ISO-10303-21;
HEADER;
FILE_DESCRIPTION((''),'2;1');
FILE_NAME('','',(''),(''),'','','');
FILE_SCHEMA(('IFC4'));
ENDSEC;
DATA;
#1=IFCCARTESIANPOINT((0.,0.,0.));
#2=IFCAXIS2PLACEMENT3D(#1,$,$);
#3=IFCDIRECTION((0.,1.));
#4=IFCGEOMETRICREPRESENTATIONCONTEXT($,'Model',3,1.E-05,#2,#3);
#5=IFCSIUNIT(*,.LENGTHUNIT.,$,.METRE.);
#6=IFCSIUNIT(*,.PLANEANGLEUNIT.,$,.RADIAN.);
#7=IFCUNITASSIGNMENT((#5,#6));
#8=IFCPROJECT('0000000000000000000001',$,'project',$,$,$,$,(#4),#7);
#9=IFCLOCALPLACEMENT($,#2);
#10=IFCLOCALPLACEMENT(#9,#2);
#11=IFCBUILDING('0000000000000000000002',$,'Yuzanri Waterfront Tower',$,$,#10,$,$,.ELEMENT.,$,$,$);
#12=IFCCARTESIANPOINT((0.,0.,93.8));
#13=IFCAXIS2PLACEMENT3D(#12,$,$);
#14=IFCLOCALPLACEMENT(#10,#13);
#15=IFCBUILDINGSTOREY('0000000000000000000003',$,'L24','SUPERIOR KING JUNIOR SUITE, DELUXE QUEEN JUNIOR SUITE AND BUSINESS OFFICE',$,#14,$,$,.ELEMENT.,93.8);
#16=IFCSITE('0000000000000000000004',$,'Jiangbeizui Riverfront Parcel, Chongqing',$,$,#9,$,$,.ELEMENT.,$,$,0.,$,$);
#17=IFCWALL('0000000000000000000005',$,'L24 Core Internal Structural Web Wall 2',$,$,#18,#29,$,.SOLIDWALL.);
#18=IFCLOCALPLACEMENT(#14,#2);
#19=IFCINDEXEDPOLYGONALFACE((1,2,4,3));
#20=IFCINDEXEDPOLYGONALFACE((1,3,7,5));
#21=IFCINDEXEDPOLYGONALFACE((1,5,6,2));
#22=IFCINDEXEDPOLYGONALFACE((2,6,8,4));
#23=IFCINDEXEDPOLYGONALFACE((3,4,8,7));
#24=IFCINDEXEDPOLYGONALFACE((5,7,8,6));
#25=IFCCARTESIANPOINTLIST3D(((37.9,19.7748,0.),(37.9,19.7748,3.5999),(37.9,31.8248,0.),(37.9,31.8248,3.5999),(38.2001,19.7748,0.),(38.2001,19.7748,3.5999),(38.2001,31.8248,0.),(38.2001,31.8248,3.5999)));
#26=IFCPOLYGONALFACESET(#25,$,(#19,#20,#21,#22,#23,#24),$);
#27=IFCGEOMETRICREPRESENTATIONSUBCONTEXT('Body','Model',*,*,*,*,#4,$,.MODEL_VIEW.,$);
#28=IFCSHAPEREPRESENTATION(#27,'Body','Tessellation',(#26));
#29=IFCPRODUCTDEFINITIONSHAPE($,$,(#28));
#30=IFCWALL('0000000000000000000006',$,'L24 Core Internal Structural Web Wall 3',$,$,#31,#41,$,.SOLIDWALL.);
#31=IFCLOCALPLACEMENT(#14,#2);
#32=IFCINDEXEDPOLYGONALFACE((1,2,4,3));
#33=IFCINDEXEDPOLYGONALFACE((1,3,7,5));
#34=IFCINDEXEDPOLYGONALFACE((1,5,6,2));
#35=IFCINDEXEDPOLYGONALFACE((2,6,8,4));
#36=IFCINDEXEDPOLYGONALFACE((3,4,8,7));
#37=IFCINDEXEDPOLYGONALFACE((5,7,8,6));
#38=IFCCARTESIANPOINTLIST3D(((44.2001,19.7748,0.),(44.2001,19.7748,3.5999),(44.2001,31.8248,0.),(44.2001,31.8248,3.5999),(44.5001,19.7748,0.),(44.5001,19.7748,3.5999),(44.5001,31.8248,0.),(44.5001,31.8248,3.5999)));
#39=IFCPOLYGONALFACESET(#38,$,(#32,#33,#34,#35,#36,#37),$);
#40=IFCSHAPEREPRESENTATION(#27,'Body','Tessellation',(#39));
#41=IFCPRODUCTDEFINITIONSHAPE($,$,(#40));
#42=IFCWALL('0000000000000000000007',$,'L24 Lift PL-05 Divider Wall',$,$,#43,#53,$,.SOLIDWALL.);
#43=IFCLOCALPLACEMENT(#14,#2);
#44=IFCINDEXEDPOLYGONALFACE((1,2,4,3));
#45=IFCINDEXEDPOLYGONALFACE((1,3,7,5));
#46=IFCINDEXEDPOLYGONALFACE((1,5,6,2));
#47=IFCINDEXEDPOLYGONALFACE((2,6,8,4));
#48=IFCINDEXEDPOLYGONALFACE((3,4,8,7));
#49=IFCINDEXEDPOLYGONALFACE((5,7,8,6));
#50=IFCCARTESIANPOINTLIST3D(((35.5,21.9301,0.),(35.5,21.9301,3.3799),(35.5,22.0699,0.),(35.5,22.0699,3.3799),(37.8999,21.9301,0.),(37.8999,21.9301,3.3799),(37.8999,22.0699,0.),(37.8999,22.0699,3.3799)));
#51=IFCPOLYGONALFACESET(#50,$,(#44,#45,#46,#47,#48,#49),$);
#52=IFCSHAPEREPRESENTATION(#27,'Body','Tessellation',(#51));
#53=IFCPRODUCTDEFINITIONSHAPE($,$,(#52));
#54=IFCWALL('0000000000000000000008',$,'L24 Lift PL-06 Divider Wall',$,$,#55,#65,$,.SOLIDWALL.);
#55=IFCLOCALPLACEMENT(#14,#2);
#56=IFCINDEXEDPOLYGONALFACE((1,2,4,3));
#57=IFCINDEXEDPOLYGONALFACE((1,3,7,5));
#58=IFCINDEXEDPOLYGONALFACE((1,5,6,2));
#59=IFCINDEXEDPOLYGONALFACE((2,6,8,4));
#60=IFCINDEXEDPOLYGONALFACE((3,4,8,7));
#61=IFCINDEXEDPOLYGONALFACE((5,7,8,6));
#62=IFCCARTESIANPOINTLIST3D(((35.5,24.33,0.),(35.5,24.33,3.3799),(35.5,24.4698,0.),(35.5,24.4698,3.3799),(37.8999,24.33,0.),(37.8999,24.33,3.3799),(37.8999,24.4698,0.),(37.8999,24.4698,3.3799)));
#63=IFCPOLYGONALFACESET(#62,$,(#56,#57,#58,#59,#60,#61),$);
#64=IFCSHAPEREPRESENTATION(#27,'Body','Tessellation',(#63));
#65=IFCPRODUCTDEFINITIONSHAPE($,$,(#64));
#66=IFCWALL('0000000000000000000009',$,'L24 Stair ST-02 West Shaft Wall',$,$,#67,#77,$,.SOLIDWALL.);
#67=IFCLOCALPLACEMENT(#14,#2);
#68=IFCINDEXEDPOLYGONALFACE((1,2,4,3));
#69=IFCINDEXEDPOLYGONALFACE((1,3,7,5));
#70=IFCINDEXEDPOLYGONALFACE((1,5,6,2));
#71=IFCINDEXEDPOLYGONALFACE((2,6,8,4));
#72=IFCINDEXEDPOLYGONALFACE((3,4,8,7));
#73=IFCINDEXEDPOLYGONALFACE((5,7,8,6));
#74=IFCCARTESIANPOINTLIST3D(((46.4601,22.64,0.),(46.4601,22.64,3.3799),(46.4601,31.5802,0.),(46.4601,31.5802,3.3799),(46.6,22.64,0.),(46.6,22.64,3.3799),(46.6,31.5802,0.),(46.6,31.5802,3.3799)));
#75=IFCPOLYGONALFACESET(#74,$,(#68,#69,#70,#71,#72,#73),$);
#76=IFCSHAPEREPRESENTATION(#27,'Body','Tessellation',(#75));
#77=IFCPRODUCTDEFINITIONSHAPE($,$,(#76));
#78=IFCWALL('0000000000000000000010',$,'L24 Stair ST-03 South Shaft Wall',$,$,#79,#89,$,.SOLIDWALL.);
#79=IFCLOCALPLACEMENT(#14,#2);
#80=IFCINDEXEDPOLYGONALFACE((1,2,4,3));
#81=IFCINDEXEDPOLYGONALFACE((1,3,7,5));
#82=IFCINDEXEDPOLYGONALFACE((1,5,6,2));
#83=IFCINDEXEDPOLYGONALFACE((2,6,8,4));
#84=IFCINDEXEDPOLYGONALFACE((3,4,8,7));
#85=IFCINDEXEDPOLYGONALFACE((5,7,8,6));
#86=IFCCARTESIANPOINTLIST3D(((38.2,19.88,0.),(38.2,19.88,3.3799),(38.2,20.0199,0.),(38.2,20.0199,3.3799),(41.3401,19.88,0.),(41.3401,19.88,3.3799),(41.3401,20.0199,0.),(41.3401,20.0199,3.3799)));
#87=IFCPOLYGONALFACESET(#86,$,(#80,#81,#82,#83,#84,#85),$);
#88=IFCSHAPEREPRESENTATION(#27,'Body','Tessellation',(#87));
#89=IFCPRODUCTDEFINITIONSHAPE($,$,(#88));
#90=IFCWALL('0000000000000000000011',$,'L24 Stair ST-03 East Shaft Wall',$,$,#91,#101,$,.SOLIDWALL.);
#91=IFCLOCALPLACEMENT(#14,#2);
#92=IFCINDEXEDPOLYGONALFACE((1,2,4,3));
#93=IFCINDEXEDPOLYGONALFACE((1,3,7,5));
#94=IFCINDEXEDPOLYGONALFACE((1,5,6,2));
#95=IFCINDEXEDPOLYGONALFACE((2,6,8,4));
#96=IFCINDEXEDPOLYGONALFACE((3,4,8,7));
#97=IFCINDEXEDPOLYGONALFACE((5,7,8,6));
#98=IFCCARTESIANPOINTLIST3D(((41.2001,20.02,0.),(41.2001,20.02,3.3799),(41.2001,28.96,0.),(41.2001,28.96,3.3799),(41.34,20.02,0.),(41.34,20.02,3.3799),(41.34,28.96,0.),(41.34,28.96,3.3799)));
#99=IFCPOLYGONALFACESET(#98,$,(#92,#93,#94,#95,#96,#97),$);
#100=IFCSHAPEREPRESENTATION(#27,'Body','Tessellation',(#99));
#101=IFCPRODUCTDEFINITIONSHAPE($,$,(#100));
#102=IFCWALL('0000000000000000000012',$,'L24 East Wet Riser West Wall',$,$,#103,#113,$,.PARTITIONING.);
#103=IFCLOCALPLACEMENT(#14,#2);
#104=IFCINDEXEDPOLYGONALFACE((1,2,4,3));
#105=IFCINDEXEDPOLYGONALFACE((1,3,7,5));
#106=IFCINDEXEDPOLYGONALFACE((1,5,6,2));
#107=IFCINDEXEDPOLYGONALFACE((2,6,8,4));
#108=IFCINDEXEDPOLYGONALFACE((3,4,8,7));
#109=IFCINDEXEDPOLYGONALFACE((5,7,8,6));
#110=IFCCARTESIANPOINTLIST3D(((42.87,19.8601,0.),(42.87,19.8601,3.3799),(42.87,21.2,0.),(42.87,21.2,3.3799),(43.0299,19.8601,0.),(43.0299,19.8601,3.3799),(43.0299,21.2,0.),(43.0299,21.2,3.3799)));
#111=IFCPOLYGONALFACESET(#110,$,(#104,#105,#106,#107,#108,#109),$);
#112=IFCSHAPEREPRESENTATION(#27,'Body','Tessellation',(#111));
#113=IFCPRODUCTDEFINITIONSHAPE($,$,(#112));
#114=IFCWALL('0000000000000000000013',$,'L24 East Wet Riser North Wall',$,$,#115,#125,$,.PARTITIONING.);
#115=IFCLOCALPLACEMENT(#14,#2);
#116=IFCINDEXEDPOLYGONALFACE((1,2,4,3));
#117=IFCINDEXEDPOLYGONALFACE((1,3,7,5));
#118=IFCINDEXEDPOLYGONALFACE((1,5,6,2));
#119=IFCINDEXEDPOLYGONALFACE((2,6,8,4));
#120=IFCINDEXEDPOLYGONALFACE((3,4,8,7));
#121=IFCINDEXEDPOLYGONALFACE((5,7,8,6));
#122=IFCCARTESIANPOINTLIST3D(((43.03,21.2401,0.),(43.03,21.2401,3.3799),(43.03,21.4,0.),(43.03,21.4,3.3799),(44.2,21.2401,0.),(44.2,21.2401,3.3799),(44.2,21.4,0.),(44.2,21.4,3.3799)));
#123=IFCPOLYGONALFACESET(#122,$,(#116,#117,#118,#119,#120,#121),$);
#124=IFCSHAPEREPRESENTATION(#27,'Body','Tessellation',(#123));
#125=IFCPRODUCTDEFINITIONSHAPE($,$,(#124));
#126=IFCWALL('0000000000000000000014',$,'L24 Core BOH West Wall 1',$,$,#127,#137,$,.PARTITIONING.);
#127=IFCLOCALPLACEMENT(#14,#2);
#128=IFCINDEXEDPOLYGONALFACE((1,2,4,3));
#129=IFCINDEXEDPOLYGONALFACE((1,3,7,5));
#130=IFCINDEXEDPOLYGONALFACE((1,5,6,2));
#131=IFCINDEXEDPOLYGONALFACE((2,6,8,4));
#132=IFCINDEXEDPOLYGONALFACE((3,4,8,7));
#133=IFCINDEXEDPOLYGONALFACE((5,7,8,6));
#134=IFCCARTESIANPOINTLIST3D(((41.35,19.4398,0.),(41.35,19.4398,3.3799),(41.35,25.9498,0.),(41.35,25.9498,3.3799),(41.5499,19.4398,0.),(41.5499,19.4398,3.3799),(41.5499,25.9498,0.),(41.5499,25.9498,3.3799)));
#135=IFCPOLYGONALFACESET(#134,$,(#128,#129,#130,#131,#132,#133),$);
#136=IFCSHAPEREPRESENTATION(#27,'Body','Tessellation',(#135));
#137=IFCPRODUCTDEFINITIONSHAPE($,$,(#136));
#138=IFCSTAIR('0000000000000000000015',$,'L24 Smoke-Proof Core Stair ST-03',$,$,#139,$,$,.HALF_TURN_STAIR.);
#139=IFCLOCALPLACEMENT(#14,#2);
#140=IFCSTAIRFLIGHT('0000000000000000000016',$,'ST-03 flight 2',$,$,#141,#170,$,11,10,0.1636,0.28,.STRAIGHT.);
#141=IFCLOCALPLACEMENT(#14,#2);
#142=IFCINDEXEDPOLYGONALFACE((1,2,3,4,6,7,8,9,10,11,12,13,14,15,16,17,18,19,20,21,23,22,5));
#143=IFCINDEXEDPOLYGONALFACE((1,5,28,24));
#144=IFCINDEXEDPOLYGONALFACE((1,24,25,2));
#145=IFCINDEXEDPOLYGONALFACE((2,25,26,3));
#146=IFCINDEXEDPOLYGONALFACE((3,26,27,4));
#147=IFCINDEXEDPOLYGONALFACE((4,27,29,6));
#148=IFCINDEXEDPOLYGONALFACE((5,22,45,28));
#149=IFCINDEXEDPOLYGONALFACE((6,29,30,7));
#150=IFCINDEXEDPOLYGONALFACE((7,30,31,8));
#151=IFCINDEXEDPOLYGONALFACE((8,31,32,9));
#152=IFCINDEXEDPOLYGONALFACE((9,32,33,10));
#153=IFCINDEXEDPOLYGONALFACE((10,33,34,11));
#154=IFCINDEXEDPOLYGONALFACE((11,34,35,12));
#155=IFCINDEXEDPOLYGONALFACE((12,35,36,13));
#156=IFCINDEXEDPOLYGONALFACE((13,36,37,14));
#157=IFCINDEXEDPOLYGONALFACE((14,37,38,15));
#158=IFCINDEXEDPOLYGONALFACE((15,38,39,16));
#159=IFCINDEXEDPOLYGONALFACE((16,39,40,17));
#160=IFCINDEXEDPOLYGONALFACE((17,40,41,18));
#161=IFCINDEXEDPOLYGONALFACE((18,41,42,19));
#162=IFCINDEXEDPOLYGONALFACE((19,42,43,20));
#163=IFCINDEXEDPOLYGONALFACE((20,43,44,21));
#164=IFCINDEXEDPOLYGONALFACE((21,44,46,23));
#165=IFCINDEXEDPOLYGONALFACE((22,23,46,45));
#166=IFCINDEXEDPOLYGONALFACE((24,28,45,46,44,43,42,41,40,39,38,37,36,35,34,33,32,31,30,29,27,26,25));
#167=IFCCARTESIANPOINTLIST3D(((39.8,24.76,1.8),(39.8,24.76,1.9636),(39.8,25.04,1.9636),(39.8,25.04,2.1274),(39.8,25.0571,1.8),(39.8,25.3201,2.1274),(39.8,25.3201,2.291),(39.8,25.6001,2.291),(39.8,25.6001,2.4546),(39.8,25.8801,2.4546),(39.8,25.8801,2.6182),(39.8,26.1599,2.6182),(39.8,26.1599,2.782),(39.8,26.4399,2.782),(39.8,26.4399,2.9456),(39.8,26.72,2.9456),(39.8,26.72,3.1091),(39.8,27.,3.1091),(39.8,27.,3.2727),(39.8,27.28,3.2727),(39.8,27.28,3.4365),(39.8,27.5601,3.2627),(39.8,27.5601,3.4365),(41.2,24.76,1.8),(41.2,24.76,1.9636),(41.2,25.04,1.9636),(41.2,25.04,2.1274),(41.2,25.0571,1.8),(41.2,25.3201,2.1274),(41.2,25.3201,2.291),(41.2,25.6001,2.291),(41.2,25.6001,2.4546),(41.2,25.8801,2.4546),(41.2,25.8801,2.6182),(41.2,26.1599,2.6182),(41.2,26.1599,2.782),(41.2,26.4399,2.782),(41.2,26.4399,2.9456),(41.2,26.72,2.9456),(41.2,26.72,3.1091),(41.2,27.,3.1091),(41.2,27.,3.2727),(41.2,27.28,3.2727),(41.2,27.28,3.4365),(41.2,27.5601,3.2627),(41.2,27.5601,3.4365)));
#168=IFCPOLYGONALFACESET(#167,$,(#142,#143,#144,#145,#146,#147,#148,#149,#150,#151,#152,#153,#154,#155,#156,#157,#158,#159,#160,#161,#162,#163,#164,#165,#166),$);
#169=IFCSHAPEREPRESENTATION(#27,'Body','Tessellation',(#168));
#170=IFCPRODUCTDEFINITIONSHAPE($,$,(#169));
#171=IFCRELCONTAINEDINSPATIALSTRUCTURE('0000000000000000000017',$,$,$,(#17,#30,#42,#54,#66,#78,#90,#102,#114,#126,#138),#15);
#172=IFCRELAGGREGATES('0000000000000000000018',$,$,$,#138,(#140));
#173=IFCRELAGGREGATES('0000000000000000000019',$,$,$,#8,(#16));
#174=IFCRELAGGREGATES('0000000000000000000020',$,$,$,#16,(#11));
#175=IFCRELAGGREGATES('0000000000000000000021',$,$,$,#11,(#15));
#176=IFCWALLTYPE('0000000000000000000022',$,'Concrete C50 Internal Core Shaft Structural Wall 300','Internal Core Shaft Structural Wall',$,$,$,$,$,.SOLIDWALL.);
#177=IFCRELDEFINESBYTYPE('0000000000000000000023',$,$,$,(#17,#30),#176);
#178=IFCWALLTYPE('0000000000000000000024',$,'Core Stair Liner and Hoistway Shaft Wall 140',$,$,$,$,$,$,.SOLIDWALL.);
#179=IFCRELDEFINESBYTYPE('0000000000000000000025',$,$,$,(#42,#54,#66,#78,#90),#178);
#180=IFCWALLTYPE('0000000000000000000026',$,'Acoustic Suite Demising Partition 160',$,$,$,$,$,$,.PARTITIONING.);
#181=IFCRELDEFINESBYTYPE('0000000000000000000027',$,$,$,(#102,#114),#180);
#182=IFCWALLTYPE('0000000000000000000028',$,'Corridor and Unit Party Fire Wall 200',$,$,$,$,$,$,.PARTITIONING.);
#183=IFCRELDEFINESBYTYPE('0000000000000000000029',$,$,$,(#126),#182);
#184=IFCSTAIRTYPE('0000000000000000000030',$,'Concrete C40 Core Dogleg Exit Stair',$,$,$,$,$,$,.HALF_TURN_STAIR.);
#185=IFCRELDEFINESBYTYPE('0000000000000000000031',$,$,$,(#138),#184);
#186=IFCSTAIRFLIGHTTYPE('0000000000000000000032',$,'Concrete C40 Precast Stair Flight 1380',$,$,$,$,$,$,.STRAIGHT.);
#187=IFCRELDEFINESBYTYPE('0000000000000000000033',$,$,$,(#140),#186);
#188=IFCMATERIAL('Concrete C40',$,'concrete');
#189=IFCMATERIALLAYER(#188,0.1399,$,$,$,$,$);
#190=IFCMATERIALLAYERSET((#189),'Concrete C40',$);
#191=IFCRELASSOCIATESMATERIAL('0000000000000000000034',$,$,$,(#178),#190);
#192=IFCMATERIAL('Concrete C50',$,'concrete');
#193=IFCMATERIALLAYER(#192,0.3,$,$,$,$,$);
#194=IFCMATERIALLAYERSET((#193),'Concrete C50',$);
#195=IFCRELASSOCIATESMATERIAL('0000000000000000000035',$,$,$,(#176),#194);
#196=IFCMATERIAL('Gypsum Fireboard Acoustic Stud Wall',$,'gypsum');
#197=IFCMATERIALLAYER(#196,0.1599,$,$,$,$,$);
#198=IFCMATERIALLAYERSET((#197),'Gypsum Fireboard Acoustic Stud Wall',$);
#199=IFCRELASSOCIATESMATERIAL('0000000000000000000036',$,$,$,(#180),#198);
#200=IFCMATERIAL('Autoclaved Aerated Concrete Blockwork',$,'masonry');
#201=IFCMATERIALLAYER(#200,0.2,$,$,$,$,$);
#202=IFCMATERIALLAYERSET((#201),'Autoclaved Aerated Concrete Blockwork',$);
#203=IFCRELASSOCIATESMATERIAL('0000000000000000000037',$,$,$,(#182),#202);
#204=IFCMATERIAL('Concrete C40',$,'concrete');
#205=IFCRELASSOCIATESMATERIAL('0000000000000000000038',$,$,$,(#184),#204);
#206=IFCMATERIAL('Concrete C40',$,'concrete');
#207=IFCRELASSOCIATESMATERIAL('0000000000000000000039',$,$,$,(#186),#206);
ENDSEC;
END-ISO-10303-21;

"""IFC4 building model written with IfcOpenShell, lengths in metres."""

from ifc_helpers import new_model, si_unit, direction, frame, frame_2d, origin, place, context, subcontext, project, spatial, polyline, rectangle, outline, extrude, source, transform, mapped, material, layer, layer_set, type_object, element, aggregate, save


model = new_model("IFC4")

# Units and contexts
model_context = context("Model", 3, precision=1e-05, world=origin(), true_north=direction((0.0, 1.0)))
body_context = subcontext(model_context, "Body", "Model", "MODEL_VIEW")
ifc_project = project(units=[si_unit("LENGTHUNIT", "METRE"), si_unit("PLANEANGLEUNIT", "RADIAN")], contexts=[model_context])

# Site, building, storey
site_placement = place(None, origin())
site = spatial("IfcSite", under=ifc_project, at=site_placement, Name="Jiangbeizui Riverfront Parcel, Chongqing", CompositionType="ELEMENT", RefElevation=0.0)
building_placement = place(site_placement, origin())
building = spatial("IfcBuilding", under=site, at=building_placement, Name="Yuzanri Waterfront Tower", CompositionType="ELEMENT")
storey_placement = place(building_placement, frame((0.0, 0.0, 93.8)))
storey = spatial("IfcBuildingStorey", under=building, at=storey_placement, Name="L24", Description="SUPERIOR KING JUNIOR SUITE, DELUXE QUEEN JUNIOR SUITE AND BUSINESS OFFICE", CompositionType="ELEMENT", Elevation=93.8)

# Shared definitions
ifc_material_1 = material(Name="Concrete C40", Category="concrete")
ifc_layer_1 = layer(ifc_material_1, 0.1399)
ifc_layer_set_1 = layer_set([ifc_layer_1], Name="Concrete C40")
wall_type_1 = type_object("IfcWallType", Name="Core Stair Liner and Hoistway Shaft Wall 140", PredefinedType="SOLIDWALL", material=ifc_layer_set_1)

# Walls
ifc_material_2 = material(Name="Concrete C50", Category="concrete")
ifc_layer_2 = layer(ifc_material_2, 0.3)
ifc_layer_set_2 = layer_set([ifc_layer_2], Name="Concrete C50")
wall_type_2 = type_object("IfcWallType", Name="Concrete C50 Internal Core Shaft Structural Wall 300", Description="Internal Core Shaft Structural Wall", PredefinedType="SOLIDWALL", material=ifc_layer_set_2)
shared_shape_1 = source(origin(), body_context, "Body", "SweptSolid", [
    extrude(rectangle(XDim=12.05, YDim=0.3, at=frame_2d((6.0249, 0.0))), origin(), (0.0, 0.0, 1.0), 3.5999),
])
for number, where, z_axis, x_axis, name in (
    (1, (38.05, 19.7749, 0.0), (0.0, 0.0, 1.0), (0.0, 1.0, 0.0), "L24 Core Internal Structural Web Wall 2"),
    (2, (44.3501, 19.7749, 0.0), (0.0, 0.0, 1.0), (0.0, 1.0, 0.0), "L24 Core Internal Structural Web Wall 3"),
):
    element("IfcWall", number, at=place(storey_placement, frame(where, z_axis=z_axis, x_axis=x_axis)), inside=storey, type_object=wall_type_2, Name=name, PredefinedType="SOLIDWALL", context=body_context, shape_type="MappedRepresentation", body=[
        mapped(shared_shape_1, transform((0.0, 0.0, 0.0), scale=1.0)),
    ])
shared_shape_2 = source(origin(), body_context, "Body", "SweptSolid", [
    extrude(rectangle(XDim=2.3999, YDim=0.1399, at=frame_2d((1.2, 0.0))), origin(), (0.0, 0.0, 1.0), 3.3799),
])
for number, where, z_axis, x_axis, name in (
    (3, (35.5, 22.0, 0.0), (0.0, 0.0, 1.0), (1.0, 0.0, 0.0), "L24 Lift PL-05 Divider Wall"),
    (4, (35.5, 24.3999, 0.0), (0.0, 0.0, 1.0), (1.0, 0.0, 0.0), "L24 Lift PL-06 Divider Wall"),
):
    element("IfcWall", number, at=place(storey_placement, frame(where, z_axis=z_axis, x_axis=x_axis)), inside=storey, type_object=wall_type_1, Name=name, PredefinedType="SOLIDWALL", context=body_context, shape_type="MappedRepresentation", body=[
        mapped(shared_shape_2, transform((0.0, 0.0, 0.0), scale=1.0)),
    ])
shared_shape_3 = source(origin(), body_context, "Body", "SweptSolid", [
    extrude(rectangle(XDim=8.9402, YDim=0.1399, at=frame_2d((4.4702, 0.0))), origin(), (0.0, 0.0, 1.0), 3.3799),
])
wall_1_placement = place(storey_placement, frame((46.53, 22.6399, 0.0), z_axis=(0.0, 0.0, 1.0), x_axis=(0.0, 1.0, 0.0)))
element("IfcWall", 5, at=wall_1_placement, inside=storey, type_object=wall_type_1, Name="L24 Stair ST-02 West Shaft Wall", PredefinedType="SOLIDWALL", context=body_context, shape_type="MappedRepresentation", body=[
    mapped(shared_shape_3, transform((0.0, 0.0, 0.0), scale=1.0)),
])
shared_shape_4 = source(origin(), body_context, "Body", "SweptSolid", [
    extrude(rectangle(XDim=3.1401, YDim=0.1399, at=frame_2d((1.5701, 0.0))), origin(), (0.0, 0.0, 1.0), 3.3799),
])
wall_2_placement = place(storey_placement, frame((38.2, 19.95, 0.0), z_axis=(0.0, 0.0, 1.0), x_axis=(1.0, 0.0, 0.0)))
element("IfcWall", 6, at=wall_2_placement, inside=storey, type_object=wall_type_1, Name="L24 Stair ST-03 South Shaft Wall", PredefinedType="SOLIDWALL", context=body_context, shape_type="MappedRepresentation", body=[
    mapped(shared_shape_4, transform((0.0, 0.0, 0.0), scale=1.0)),
])
shared_shape_5 = source(origin(), body_context, "Body", "SweptSolid", [
    extrude(rectangle(XDim=8.9399, YDim=0.1399, at=frame_2d((4.47, 0.0))), origin(), (0.0, 0.0, 1.0), 3.3799),
])
wall_3_placement = place(storey_placement, frame((41.27, 20.02, 0.0), z_axis=(0.0, 0.0, 1.0), x_axis=(0.0, 1.0, 0.0)))
element("IfcWall", 7, at=wall_3_placement, inside=storey, type_object=wall_type_1, Name="L24 Stair ST-03 East Shaft Wall", PredefinedType="SOLIDWALL", context=body_context, shape_type="MappedRepresentation", body=[
    mapped(shared_shape_5, transform((0.0, 0.0, 0.0), scale=1.0)),
])
ifc_material_3 = material(Name="Gypsum Fireboard Acoustic Stud Wall", Category="gypsum")
ifc_layer_3 = layer(ifc_material_3, 0.1599)
ifc_layer_set_3 = layer_set([ifc_layer_3], Name="Gypsum Fireboard Acoustic Stud Wall")
wall_type_3 = type_object("IfcWallType", Name="Acoustic Suite Demising Partition 160", PredefinedType="PARTITIONING", material=ifc_layer_set_3)
shared_shape_6 = source(origin(), body_context, "Body", "SweptSolid", [
    extrude(rectangle(XDim=1.3398, YDim=0.1599, at=frame_2d((0.6699, 0.0))), origin(), (0.0, 0.0, 1.0), 3.3799),
])
wall_4_placement = place(storey_placement, frame((42.95, 19.8601, 0.0), z_axis=(0.0, 0.0, 1.0), x_axis=(0.0, 1.0, 0.0)))
element("IfcWall", 8, at=wall_4_placement, inside=storey, type_object=wall_type_3, Name="L24 East Wet Riser West Wall", PredefinedType="PARTITIONING", context=body_context, shape_type="MappedRepresentation", body=[
    mapped(shared_shape_6, transform((0.0, 0.0, 0.0), scale=1.0)),
])
shared_shape_7 = source(origin(), body_context, "Body", "SweptSolid", [
    extrude(rectangle(XDim=1.1699, YDim=0.1599, at=frame_2d((0.585, 0.0))), origin(), (0.0, 0.0, 1.0), 3.3799),
])
wall_5_placement = place(storey_placement, frame((43.03, 21.3201, 0.0), z_axis=(0.0, 0.0, 1.0), x_axis=(1.0, 0.0, 0.0)))
element("IfcWall", 9, at=wall_5_placement, inside=storey, type_object=wall_type_3, Name="L24 East Wet Riser North Wall", PredefinedType="PARTITIONING", context=body_context, shape_type="MappedRepresentation", body=[
    mapped(shared_shape_7, transform((0.0, 0.0, 0.0), scale=1.0)),
])
ifc_material_4 = material(Name="Autoclaved Aerated Concrete Blockwork", Category="masonry")
ifc_layer_4 = layer(ifc_material_4, 0.2)
ifc_layer_set_4 = layer_set([ifc_layer_4], Name="Autoclaved Aerated Concrete Blockwork")
wall_type_4 = type_object("IfcWallType", Name="Corridor and Unit Party Fire Wall 200", PredefinedType="PARTITIONING", material=ifc_layer_set_4)
shared_shape_8 = source(origin(), body_context, "Body", "SweptSolid", [
    extrude(rectangle(XDim=6.51, YDim=0.2, at=frame_2d((3.2549, 0.0))), origin(), (0.0, 0.0, 1.0), 3.3799),
])
wall_6_placement = place(storey_placement, frame((41.45, 19.4399, 0.0), z_axis=(0.0, 0.0, 1.0), x_axis=(0.0, 1.0, 0.0)))
element("IfcWall", 10, at=wall_6_placement, inside=storey, type_object=wall_type_4, Name="L24 Core BOH West Wall 1", PredefinedType="PARTITIONING", context=body_context, shape_type="MappedRepresentation", body=[
    mapped(shared_shape_8, transform((0.0, 0.0, 0.0), scale=1.0)),
])

# Stair, stair flight
ifc_material_5 = material(Name="Concrete C40", Category="concrete")
stair_type = type_object("IfcStairType", Name="Concrete C40 Core Dogleg Exit Stair", PredefinedType="HALF_TURN_STAIR", material=ifc_material_5)
stair_placement = place(storey_placement, origin())
stair = element("IfcStair", 11, at=stair_placement, inside=storey, type_object=stair_type, Name="L24 Smoke-Proof Core Stair ST-03", PredefinedType="HALF_TURN_STAIR")
ifc_material_6 = material(Name="Concrete C40", Category="concrete")
stair_flight_type = type_object("IfcStairFlightType", Name="Concrete C40 Precast Stair Flight 1380", PredefinedType="STRAIGHT", material=ifc_material_6)
shared_shape_9 = source(origin(), body_context, "Body", "SweptSolid", [
    extrude(outline(polyline([(0.0, 0.0), (0.0, 0.1636), (0.28, 0.1636), (0.28, 0.3274), (0.5601, 0.3274), (0.5601, 0.491), (0.8401, 0.491), (0.8401, 0.6545), (1.1201, 0.6545), (1.1201, 0.8181), (1.3999, 0.8181), (1.3999, 0.9819), (1.6799, 0.9819), (1.6799, 1.1455), (1.96, 1.1455), (1.96, 1.3091), (2.24, 1.3091), (2.24, 1.4727), (2.52, 1.4727), (2.52, 1.6365), (2.8, 1.6365), (2.8, 1.8), (2.8, 1.4626), (0.2971, 0.0), (0.0, 0.0)])), frame((0.0, 0.7, 0.0), z_axis=(0.0, -1.0, 0.0), x_axis=(1.0, 0.0, 0.0)), (0.0, 0.0, 1.0), 1.3999),
])
stair_flight_placement = place(storey_placement, frame((40.5, 24.76, 1.8), z_axis=(0.0, 0.0, 1.0), x_axis=(0.0, 1.0, 0.0)))
stair_flight = element("IfcStairFlight", 12, at=stair_flight_placement, type_object=stair_flight_type, Name="ST-03 flight 2", NumberOfRisers=11, NumberOfTreads=10, PredefinedType="STRAIGHT", RiserHeight=0.1636, TreadLength=0.28, context=body_context, shape_type="MappedRepresentation", body=[
    mapped(shared_shape_9, transform((0.0, 0.0, 0.0), scale=1.0)),
])
aggregate(stair, [stair_flight])

save(model, "model.ifc")
